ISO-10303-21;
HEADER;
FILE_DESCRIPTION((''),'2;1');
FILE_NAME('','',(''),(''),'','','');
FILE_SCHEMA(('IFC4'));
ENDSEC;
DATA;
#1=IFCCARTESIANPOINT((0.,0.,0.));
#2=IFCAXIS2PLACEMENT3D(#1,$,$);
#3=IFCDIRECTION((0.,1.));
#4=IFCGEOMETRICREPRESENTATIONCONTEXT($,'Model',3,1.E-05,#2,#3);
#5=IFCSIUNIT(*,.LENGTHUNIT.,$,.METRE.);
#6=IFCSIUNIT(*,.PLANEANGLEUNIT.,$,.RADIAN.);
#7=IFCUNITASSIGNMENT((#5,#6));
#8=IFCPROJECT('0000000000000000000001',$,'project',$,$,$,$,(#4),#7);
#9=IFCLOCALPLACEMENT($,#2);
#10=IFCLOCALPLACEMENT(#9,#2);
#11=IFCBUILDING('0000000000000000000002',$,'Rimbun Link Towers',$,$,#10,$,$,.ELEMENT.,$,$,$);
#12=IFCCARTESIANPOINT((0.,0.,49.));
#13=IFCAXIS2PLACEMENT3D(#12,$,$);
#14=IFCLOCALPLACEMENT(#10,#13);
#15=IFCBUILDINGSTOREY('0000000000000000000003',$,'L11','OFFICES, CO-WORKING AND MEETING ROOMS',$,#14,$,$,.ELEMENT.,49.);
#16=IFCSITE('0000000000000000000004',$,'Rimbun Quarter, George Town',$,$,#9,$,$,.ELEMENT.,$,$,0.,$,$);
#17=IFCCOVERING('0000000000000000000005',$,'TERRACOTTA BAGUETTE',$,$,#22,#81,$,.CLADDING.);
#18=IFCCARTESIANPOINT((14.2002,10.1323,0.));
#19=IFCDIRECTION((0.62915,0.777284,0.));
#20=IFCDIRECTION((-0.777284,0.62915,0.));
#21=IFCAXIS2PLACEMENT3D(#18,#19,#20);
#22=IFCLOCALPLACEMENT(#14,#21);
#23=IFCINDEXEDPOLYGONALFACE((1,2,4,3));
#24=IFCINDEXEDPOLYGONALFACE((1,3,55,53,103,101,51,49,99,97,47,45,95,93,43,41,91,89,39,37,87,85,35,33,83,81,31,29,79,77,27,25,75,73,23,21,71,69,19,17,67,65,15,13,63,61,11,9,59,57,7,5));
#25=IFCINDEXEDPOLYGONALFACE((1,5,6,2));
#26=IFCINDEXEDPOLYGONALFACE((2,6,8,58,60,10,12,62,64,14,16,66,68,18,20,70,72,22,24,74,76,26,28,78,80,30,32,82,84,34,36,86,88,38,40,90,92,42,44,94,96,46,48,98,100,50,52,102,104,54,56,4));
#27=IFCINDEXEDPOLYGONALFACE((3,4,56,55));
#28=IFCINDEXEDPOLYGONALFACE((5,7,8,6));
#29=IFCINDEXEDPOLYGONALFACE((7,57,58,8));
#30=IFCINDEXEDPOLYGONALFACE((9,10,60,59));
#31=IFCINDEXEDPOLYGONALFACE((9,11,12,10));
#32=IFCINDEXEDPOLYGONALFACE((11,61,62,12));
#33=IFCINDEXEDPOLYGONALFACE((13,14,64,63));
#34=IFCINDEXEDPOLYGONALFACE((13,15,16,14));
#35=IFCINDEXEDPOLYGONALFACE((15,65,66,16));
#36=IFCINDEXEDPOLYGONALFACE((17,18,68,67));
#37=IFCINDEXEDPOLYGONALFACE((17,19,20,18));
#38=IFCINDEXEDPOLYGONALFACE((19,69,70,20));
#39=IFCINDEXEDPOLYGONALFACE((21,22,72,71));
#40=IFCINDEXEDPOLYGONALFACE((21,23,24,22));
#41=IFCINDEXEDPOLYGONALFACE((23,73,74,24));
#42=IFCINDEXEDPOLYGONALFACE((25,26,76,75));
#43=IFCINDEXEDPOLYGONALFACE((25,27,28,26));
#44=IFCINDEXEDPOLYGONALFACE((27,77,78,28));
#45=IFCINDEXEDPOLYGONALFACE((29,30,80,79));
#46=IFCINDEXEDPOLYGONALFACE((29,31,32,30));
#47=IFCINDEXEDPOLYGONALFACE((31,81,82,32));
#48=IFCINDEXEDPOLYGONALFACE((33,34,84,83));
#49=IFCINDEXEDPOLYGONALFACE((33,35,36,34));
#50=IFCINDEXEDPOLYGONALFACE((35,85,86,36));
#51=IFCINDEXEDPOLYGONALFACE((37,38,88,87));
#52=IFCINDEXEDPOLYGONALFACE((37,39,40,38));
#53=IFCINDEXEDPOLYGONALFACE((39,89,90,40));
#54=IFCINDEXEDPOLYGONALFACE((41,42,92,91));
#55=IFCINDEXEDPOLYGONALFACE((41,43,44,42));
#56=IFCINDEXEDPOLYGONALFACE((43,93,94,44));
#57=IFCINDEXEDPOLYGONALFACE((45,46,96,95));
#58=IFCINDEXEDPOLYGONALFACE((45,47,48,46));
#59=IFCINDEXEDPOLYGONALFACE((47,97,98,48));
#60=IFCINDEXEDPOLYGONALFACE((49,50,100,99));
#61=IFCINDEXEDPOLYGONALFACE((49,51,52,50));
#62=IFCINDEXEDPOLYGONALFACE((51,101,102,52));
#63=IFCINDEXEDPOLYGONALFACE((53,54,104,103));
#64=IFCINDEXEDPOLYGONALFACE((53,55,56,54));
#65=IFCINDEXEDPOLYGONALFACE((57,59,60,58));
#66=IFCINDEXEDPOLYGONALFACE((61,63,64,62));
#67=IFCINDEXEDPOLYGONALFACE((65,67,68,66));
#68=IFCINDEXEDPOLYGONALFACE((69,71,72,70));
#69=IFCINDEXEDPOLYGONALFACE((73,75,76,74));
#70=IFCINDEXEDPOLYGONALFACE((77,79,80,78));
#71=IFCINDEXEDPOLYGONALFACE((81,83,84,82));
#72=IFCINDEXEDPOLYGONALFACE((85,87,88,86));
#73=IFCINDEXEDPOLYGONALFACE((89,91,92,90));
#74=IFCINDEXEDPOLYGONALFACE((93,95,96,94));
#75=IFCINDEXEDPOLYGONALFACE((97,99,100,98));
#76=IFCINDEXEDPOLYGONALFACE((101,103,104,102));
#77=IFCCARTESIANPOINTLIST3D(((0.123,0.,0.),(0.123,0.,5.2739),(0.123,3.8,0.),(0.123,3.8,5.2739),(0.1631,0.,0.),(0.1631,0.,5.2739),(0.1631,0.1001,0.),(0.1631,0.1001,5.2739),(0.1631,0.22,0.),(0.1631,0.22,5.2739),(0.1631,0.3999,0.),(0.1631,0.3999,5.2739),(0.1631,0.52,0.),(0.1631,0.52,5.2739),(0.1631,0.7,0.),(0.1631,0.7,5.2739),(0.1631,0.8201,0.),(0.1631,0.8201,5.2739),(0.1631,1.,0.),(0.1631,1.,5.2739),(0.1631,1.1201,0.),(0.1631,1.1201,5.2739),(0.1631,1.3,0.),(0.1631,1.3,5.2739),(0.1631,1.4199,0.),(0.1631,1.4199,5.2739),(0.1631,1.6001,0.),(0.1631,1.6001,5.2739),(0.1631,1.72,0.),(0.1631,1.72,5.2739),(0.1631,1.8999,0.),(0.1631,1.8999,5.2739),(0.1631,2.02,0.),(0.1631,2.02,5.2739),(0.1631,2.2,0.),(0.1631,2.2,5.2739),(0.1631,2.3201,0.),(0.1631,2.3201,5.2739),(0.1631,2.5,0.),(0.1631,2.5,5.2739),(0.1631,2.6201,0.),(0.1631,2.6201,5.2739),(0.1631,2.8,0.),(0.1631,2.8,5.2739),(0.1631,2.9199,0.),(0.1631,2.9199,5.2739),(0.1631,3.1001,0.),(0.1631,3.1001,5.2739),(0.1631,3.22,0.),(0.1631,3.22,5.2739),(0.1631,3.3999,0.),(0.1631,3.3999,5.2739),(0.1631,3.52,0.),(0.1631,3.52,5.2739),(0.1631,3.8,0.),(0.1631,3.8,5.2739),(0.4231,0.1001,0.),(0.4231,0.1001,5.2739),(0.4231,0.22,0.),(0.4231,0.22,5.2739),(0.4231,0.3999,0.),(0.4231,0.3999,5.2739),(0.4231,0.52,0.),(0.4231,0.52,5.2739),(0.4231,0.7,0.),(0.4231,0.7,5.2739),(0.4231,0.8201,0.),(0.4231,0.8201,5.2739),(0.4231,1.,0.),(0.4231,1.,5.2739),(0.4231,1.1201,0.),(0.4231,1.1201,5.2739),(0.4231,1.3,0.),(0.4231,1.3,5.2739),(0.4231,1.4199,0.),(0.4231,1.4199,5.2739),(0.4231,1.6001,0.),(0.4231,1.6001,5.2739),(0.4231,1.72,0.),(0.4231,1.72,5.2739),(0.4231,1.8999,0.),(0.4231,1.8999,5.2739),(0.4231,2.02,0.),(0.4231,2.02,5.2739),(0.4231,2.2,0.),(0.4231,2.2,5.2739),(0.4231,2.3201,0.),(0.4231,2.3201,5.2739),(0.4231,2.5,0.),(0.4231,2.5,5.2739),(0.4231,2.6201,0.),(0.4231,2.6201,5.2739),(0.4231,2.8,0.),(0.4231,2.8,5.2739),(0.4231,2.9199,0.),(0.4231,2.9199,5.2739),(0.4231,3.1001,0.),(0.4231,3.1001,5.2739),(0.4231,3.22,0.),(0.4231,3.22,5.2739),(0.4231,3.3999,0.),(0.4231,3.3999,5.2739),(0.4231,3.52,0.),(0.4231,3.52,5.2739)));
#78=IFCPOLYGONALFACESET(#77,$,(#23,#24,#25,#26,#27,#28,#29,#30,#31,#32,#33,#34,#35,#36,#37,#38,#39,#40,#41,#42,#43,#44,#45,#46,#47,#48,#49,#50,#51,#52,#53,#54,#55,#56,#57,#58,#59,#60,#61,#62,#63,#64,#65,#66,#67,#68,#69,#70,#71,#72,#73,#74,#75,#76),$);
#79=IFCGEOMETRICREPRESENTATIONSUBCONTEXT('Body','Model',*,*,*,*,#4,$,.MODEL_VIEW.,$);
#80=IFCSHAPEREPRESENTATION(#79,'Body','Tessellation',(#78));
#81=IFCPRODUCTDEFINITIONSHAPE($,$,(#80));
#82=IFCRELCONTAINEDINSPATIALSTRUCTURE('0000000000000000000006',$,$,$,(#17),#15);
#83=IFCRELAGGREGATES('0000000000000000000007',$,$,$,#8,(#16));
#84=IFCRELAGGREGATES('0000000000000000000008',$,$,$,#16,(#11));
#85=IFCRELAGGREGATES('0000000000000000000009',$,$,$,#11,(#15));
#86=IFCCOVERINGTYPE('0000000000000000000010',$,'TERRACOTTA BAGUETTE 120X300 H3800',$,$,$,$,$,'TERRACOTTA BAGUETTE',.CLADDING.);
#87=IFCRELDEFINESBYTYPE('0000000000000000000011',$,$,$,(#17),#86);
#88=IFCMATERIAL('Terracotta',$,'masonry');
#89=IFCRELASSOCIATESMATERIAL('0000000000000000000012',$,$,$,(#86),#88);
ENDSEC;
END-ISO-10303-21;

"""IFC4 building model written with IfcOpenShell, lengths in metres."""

from ifc_helpers import new_model, si_unit, direction, frame, origin, place, context, subcontext, project, spatial, polyline, outline, extrude, material, material_profile, profile_set, type_object, element, save


model = new_model("IFC4")

# Units and contexts
model_context = context("Model", 3, precision=1e-05, world=origin(), true_north=direction((0.0, 1.0)))
body_context = subcontext(model_context, "Body", "Model", "MODEL_VIEW")
ifc_project = project(units=[si_unit("LENGTHUNIT", "METRE"), si_unit("PLANEANGLEUNIT", "RADIAN")], contexts=[model_context])

# Site, building, storey
site_placement = place(None, origin())
site = spatial("IfcSite", under=ifc_project, at=site_placement, Name="Rimbun Quarter, George Town", CompositionType="ELEMENT", RefElevation=0.0)
building_placement = place(site_placement, origin())
building = spatial("IfcBuilding", under=site, at=building_placement, Name="Rimbun Link Towers", CompositionType="ELEMENT")
storey_placement = place(building_placement, frame((0.0, 0.0, 49.0)))
storey = spatial("IfcBuildingStorey", under=building, at=storey_placement, Name="L11", Description="OFFICES, CO-WORKING AND MEETING ROOMS", CompositionType="ELEMENT", Elevation=49.0)

# Covering
ifc_material_1 = material(Name="Terracotta", Category="masonry")
ifc_material_profile_1 = material_profile(ifc_material_1, outline(polyline([(0.123, 0.0), (0.1631, 0.0), (0.1631, 0.1001), (0.4231, 0.1001), (0.4231, 0.22), (0.1631, 0.22), (0.1631, 0.3999), (0.4231, 0.3999), (0.4231, 0.52), (0.1631, 0.52), (0.1631, 0.7), (0.4231, 0.7), (0.4231, 0.8201), (0.1631, 0.8201), (0.1631, 1.0), (0.4231, 1.0), (0.4231, 1.1201), (0.1631, 1.1201), (0.1631, 1.3), (0.4231, 1.3), (0.4231, 1.4199), (0.1631, 1.4199), (0.1631, 1.6001), (0.4231, 1.6001), (0.4231, 1.72), (0.1631, 1.72), (0.1631, 1.8999), (0.4231, 1.8999), (0.4231, 2.02), (0.1631, 2.02), (0.1631, 2.2), (0.4231, 2.2), (0.4231, 2.3201), (0.1631, 2.3201), (0.1631, 2.5), (0.4231, 2.5), (0.4231, 2.6201), (0.1631, 2.6201), (0.1631, 2.8), (0.4231, 2.8), (0.4231, 2.9199), (0.1631, 2.9199), (0.1631, 3.1001), (0.4231, 3.1001), (0.4231, 3.22), (0.1631, 3.22), (0.1631, 3.3999), (0.4231, 3.3999), (0.4231, 3.52), (0.1631, 3.52), (0.1631, 3.8), (0.123, 3.8), (0.123, 0.0)])), Name="BAGUETTE 120X300")
ifc_profile_set_1 = profile_set([ifc_material_profile_1], Name="Terracotta")
covering_type = type_object("IfcCoveringType", Name="TERRACOTTA BAGUETTE 120X300 H3800", ElementType="TERRACOTTA BAGUETTE", PredefinedType="CLADDING", material=ifc_profile_set_1)
for number, where, z_axis, x_axis, name in (
    (1, (14.2002, 10.1323, 0.0), (0.62915, 0.777284, 0.0), (-0.777284, 0.62915, 0.0), "TERRACOTTA BAGUETTE"),
):
    element("IfcCovering", number, at=place(storey_placement, frame(where, z_axis=z_axis, x_axis=x_axis)), inside=storey, type_object=covering_type, Name=name, PredefinedType="CLADDING", context=body_context, shape_type="SweptSolid", body=[
        extrude(outline(polyline([(0.123, 0.0), (0.1631, 0.0), (0.1631, 0.1001), (0.4231, 0.1001), (0.4231, 0.22), (0.1631, 0.22), (0.1631, 0.3999), (0.4231, 0.3999), (0.4231, 0.52), (0.1631, 0.52), (0.1631, 0.7), (0.4231, 0.7), (0.4231, 0.8201), (0.1631, 0.8201), (0.1631, 1.0), (0.4231, 1.0), (0.4231, 1.1201), (0.1631, 1.1201), (0.1631, 1.3), (0.4231, 1.3), (0.4231, 1.4199), (0.1631, 1.4199), (0.1631, 1.6001), (0.4231, 1.6001), (0.4231, 1.72), (0.1631, 1.72), (0.1631, 1.8999), (0.4231, 1.8999), (0.4231, 2.02), (0.1631, 2.02), (0.1631, 2.2), (0.4231, 2.2), (0.4231, 2.3201), (0.1631, 2.3201), (0.1631, 2.5), (0.4231, 2.5), (0.4231, 2.6201), (0.1631, 2.6201), (0.1631, 2.8), (0.4231, 2.8), (0.4231, 2.9199), (0.1631, 2.9199), (0.1631, 3.1001), (0.4231, 3.1001), (0.4231, 3.22), (0.1631, 3.22), (0.1631, 3.3999), (0.4231, 3.3999), (0.4231, 3.52), (0.1631, 3.52), (0.1631, 3.8), (0.123, 3.8), (0.123, 0.0)])), origin(), (0.0, 0.0, 1.0), 5.2739),
    ])

save(model, "model.ifc")
